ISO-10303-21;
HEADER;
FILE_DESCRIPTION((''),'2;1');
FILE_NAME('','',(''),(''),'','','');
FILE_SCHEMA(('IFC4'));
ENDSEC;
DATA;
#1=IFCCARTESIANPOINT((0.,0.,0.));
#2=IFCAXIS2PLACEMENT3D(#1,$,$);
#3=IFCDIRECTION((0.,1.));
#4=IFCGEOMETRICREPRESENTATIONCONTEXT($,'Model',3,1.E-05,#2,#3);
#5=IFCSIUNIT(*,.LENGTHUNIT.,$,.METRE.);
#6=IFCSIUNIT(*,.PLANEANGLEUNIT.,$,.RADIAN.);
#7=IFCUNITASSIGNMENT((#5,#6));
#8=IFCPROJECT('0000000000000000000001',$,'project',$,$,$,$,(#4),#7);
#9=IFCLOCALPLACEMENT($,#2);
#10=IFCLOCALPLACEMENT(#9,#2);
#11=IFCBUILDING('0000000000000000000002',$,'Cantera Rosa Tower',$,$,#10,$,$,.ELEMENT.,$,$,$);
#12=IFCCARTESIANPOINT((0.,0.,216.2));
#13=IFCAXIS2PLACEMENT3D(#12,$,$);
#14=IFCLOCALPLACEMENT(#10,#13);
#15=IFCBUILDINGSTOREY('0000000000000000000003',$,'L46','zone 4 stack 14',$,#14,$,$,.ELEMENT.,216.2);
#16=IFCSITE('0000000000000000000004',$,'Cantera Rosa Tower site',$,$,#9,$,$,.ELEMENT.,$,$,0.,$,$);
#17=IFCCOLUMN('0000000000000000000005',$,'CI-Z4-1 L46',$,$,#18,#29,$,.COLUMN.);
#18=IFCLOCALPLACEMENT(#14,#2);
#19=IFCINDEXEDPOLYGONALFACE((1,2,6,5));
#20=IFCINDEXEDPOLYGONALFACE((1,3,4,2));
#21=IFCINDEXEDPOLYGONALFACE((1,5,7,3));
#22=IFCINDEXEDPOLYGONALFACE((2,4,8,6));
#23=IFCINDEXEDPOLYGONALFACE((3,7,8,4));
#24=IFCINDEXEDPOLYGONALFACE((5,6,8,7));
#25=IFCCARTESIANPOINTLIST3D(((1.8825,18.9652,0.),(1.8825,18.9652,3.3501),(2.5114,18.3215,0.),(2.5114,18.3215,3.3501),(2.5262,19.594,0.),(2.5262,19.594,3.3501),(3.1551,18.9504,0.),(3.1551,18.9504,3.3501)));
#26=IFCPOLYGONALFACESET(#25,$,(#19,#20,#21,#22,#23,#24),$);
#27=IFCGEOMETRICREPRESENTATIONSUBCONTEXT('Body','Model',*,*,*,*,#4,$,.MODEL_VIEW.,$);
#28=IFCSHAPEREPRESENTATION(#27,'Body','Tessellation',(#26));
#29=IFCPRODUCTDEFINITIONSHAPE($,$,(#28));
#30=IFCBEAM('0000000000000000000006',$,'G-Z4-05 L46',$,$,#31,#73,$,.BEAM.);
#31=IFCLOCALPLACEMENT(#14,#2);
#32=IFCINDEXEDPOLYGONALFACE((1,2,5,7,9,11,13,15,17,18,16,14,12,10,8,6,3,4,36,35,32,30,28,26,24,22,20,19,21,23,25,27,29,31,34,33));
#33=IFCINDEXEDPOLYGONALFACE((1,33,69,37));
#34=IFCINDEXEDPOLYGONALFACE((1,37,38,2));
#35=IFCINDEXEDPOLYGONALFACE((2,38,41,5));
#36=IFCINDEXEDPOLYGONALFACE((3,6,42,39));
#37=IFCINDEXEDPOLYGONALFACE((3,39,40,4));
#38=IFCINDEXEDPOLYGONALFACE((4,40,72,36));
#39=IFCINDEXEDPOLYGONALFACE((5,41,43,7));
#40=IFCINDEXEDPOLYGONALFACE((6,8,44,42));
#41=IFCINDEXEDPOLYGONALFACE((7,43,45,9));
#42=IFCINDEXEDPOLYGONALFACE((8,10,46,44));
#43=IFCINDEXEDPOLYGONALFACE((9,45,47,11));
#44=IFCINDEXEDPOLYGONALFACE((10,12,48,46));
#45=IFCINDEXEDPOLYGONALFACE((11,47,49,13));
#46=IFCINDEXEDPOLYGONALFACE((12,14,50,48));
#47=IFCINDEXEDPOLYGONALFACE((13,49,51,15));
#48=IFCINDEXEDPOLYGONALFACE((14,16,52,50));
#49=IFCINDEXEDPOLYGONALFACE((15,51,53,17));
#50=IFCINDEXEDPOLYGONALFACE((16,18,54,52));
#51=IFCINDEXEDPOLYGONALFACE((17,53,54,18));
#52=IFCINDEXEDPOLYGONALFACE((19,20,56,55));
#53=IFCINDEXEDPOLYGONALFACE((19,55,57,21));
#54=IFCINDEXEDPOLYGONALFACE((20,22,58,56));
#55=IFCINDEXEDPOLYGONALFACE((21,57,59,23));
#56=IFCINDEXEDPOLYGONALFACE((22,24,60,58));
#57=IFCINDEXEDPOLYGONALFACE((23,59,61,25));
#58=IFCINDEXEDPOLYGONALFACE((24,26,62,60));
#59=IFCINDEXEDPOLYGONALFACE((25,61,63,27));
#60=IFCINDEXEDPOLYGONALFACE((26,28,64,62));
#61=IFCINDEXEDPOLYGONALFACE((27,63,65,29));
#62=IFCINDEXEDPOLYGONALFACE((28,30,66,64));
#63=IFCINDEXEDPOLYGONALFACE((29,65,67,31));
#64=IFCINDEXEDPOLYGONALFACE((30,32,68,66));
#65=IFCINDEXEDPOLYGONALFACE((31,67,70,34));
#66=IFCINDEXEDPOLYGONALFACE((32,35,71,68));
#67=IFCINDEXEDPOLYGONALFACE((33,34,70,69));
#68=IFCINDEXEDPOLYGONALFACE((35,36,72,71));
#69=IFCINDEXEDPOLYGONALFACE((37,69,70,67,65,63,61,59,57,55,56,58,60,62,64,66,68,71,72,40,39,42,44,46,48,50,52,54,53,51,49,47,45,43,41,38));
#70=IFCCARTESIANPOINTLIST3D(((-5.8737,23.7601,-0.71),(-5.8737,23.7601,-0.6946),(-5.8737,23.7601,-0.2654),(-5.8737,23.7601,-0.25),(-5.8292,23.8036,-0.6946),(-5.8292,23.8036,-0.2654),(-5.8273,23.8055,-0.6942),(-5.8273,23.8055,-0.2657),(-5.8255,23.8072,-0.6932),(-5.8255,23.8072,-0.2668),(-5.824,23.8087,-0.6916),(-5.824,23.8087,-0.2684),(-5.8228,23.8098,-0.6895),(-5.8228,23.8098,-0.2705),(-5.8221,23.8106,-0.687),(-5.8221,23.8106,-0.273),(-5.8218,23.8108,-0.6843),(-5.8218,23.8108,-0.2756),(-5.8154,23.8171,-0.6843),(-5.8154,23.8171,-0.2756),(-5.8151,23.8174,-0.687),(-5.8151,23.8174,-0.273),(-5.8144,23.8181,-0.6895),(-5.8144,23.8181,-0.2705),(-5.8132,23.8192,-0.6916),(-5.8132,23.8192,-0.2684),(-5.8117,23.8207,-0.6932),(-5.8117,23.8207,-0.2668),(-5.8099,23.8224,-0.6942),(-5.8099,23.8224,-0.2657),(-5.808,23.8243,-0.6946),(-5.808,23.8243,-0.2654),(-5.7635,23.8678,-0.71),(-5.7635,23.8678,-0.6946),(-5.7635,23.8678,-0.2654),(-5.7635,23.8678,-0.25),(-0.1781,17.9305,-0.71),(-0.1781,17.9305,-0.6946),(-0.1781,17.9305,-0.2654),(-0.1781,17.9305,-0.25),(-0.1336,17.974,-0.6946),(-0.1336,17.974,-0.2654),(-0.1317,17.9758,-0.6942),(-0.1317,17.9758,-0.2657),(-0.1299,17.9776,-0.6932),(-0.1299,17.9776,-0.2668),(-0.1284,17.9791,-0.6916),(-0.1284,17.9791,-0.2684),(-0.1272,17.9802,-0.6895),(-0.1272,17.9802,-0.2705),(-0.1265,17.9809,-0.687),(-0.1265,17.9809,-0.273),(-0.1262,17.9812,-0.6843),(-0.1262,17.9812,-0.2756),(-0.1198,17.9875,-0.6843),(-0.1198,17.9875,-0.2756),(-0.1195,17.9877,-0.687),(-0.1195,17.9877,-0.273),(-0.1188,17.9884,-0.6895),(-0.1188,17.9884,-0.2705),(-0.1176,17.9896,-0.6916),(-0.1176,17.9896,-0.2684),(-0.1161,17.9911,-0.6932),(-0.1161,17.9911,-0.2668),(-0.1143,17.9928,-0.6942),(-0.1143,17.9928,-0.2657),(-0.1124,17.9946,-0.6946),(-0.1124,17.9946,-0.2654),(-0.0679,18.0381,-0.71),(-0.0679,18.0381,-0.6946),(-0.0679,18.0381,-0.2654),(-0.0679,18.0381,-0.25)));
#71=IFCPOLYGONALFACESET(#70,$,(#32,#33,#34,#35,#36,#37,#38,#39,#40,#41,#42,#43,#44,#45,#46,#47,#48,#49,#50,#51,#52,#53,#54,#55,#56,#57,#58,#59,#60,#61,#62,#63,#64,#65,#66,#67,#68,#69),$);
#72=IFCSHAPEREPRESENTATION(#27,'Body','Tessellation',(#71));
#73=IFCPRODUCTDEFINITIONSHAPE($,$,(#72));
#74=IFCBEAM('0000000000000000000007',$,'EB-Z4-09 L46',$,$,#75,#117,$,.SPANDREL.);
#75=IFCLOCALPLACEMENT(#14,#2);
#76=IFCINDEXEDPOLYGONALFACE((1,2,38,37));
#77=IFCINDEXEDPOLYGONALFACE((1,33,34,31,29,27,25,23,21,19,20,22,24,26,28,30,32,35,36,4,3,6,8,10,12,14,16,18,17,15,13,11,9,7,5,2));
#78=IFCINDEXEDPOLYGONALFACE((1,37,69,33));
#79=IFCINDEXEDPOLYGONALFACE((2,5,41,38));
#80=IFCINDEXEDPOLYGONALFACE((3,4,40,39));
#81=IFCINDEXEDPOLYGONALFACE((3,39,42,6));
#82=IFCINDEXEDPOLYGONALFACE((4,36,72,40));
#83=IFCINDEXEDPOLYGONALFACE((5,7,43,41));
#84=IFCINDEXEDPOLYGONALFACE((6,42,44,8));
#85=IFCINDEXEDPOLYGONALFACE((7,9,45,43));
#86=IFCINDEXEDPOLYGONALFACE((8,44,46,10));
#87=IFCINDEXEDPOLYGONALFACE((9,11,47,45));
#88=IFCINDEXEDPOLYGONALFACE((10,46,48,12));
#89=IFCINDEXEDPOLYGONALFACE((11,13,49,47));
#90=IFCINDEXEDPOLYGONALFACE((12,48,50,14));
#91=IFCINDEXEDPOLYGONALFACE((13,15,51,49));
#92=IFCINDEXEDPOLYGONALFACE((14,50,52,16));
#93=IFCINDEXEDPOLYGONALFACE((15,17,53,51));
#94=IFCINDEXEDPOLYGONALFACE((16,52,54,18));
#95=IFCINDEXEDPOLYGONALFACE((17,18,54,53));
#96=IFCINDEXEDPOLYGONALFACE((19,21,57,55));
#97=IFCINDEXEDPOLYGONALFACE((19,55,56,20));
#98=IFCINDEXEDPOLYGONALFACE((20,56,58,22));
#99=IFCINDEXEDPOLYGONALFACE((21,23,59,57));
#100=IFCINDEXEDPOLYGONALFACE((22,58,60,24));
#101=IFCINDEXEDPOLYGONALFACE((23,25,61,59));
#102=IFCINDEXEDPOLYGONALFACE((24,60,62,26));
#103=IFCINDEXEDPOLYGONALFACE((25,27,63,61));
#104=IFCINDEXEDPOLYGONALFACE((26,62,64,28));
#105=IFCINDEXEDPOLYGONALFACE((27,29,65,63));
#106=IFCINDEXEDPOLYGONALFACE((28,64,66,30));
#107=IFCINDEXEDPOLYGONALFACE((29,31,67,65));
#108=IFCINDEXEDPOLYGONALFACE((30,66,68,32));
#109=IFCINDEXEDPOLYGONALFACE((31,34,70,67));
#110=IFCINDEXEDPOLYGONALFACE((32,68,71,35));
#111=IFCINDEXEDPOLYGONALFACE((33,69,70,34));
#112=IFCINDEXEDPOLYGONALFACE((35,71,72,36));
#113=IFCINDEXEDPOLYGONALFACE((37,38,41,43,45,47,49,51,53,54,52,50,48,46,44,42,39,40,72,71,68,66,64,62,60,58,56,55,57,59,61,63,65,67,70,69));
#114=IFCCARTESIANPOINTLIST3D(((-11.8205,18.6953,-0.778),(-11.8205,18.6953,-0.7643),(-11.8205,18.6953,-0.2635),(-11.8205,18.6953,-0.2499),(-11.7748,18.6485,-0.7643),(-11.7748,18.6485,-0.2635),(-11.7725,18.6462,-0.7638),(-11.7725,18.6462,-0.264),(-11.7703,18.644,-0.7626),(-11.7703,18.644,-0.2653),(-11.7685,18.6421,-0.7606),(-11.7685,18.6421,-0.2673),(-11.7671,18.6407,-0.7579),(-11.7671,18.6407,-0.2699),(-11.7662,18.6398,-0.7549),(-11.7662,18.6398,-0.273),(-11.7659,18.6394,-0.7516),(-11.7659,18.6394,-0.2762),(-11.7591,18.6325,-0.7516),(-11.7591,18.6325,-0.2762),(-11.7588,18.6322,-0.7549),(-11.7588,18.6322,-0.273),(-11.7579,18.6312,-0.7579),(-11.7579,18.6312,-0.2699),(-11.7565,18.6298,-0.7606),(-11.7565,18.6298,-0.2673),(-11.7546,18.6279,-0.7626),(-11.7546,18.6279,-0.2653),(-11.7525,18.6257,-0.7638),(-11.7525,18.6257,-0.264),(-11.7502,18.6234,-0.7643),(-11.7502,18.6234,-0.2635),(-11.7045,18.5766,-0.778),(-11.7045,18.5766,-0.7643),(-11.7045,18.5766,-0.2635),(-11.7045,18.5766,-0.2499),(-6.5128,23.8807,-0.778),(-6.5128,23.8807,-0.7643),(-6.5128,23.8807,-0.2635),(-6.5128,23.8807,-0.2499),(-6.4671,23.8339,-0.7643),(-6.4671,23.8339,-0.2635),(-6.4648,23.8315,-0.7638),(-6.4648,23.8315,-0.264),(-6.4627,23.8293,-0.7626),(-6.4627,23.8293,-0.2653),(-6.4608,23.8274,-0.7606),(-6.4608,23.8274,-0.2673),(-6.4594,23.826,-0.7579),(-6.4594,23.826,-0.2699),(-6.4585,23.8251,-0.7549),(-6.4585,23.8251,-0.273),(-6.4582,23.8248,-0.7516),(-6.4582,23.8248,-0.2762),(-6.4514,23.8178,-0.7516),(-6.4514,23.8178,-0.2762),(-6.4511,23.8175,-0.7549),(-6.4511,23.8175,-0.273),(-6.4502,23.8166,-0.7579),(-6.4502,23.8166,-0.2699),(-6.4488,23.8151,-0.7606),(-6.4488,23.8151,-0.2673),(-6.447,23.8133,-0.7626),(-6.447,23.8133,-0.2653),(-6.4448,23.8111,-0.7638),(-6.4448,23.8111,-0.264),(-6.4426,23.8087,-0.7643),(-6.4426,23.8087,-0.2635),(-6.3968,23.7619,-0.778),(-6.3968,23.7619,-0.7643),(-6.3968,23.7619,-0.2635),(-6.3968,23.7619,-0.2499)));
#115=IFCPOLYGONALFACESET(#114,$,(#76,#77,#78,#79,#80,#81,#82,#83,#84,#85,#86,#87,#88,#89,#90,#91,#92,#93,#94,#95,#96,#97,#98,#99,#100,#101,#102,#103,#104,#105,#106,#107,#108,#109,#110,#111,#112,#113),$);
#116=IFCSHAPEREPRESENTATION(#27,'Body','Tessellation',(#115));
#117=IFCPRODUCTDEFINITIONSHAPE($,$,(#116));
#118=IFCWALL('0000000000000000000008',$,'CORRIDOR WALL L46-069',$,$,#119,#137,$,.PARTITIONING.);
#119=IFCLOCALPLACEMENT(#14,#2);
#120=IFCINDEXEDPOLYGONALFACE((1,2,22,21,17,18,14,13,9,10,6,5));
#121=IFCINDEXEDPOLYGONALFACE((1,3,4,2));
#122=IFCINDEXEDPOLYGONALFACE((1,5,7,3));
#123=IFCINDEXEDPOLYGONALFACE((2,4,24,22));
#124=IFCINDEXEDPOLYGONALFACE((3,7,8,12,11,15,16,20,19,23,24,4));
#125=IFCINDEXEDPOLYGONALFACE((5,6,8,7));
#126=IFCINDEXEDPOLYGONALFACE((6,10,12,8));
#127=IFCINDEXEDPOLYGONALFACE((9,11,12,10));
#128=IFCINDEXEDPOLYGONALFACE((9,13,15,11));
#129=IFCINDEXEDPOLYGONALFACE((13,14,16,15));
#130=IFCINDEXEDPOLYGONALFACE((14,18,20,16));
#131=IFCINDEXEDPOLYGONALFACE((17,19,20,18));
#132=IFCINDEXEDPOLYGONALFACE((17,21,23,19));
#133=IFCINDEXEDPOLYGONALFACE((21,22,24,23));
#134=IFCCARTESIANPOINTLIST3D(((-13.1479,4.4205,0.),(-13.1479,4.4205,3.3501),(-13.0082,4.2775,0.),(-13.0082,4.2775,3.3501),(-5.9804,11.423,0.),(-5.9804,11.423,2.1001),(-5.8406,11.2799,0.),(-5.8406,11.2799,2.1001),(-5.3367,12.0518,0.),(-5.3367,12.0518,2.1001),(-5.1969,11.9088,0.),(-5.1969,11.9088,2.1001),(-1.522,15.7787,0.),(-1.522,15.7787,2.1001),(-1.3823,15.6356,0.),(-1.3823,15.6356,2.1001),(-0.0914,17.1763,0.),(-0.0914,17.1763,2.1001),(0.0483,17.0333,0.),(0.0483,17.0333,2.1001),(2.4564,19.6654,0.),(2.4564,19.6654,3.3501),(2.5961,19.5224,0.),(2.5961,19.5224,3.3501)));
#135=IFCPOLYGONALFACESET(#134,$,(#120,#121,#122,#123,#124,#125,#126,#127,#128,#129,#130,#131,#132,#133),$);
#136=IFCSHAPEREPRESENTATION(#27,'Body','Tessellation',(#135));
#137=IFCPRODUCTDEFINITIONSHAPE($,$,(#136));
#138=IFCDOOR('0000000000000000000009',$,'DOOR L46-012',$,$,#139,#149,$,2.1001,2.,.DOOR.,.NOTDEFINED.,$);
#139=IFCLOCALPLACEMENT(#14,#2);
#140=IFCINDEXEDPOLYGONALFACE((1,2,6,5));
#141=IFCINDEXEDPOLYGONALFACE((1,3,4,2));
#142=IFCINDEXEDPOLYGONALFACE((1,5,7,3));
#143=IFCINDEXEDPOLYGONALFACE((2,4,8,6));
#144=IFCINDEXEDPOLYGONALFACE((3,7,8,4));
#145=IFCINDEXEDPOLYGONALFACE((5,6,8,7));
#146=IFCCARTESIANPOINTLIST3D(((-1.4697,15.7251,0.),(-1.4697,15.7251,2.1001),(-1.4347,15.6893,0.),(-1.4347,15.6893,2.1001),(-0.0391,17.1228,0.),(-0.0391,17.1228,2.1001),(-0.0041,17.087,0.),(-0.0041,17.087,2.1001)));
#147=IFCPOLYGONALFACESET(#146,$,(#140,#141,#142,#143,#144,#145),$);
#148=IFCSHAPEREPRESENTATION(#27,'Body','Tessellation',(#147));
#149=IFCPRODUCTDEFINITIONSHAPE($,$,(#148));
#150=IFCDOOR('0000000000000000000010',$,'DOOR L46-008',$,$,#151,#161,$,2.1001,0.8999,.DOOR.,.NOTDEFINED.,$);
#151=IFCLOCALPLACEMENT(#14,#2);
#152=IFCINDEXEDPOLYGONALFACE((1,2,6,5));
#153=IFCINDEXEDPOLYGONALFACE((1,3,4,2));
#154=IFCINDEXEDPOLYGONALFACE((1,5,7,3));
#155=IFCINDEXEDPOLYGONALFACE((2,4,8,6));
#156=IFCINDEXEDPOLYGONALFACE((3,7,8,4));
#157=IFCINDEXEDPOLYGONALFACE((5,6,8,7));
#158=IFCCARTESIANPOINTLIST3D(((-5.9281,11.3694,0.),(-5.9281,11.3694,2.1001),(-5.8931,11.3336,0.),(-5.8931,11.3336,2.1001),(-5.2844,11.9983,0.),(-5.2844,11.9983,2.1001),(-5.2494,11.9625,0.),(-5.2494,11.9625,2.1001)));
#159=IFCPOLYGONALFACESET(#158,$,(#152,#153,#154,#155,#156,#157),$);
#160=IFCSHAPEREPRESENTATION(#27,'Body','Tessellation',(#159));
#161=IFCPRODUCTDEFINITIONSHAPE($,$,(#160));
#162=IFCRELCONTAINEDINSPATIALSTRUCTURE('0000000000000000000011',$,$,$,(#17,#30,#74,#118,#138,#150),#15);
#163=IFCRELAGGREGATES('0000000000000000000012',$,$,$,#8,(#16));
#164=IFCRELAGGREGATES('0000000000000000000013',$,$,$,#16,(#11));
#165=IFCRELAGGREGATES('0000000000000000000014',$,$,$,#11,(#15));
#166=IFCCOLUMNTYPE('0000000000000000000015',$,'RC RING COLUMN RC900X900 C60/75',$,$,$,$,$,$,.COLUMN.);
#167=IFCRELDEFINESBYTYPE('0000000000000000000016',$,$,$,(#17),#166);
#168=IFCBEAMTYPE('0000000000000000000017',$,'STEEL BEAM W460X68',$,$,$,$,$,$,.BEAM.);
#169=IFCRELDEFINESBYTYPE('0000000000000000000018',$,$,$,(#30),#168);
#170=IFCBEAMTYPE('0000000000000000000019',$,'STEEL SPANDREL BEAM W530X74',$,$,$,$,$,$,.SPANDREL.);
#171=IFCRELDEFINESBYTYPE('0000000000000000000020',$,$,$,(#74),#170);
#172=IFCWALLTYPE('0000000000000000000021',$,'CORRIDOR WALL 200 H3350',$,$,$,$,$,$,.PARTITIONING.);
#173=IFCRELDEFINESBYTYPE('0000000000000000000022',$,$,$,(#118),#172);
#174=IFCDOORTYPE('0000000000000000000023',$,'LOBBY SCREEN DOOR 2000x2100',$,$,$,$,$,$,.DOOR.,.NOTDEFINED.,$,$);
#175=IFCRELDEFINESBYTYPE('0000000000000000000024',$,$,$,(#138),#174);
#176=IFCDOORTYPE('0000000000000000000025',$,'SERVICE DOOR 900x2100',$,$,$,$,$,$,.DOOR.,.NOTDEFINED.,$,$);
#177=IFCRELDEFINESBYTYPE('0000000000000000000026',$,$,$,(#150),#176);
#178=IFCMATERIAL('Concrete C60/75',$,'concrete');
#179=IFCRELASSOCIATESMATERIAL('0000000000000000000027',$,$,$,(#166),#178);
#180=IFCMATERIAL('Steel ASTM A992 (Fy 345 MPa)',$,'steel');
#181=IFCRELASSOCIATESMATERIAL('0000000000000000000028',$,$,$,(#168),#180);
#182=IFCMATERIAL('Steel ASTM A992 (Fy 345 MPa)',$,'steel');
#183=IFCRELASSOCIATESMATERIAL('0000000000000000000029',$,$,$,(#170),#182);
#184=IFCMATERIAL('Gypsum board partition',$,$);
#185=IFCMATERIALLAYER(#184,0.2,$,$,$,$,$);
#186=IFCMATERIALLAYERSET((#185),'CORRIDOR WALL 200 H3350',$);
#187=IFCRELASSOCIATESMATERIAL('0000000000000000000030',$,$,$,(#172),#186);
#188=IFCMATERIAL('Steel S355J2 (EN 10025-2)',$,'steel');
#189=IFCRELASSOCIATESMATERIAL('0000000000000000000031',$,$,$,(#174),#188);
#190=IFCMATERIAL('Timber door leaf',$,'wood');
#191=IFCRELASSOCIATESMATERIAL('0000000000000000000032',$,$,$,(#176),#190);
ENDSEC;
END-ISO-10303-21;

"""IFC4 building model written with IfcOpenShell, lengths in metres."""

from ifc_helpers import new_model, si_unit, direction, frame, frame_2d, origin, origin_2d, place, context, subcontext, project, spatial, rectangle, i_section, extrude, material, layer, layer_set, material_profile, profile_set, type_object, element, fill, save


model = new_model("IFC4")

# Units and contexts
model_context = context("Model", 3, precision=1e-05, world=origin(), true_north=direction((0.0, 1.0)))
body_context = subcontext(model_context, "Body", "Model", "MODEL_VIEW")
ifc_project = project(units=[si_unit("LENGTHUNIT", "METRE"), si_unit("PLANEANGLEUNIT", "RADIAN")], contexts=[model_context])

# Site, building, storey
site_placement = place(None, origin())
site = spatial("IfcSite", under=ifc_project, at=site_placement, Name="Cantera Rosa Tower site", CompositionType="ELEMENT", RefElevation=0.0)
building_placement = place(site_placement, origin())
building = spatial("IfcBuilding", under=site, at=building_placement, Name="Cantera Rosa Tower", CompositionType="ELEMENT")
storey_placement = place(building_placement, frame((0.0, 0.0, 216.2)))
storey = spatial("IfcBuildingStorey", under=building, at=storey_placement, Name="L46", Description="zone 4 stack 14", CompositionType="ELEMENT", Elevation=216.2)

# Column
ifc_material_1 = material(Name="Concrete C60/75", Category="concrete")
ifc_material_profile_1 = material_profile(ifc_material_1, rectangle(XDim=0.8999, YDim=0.8999, at=origin_2d()), Name="RC RING COLUMN RC900X900 C60/75")
ifc_profile_set_1 = profile_set([ifc_material_profile_1], Name="Concrete C60/75")
column_type = type_object("IfcColumnType", Name="RC RING COLUMN RC900X900 C60/75", PredefinedType="COLUMN", material=ifc_profile_set_1)
column_placement = place(storey_placement, frame((2.5188, 18.9578, 0.0), z_axis=(0.0, 0.0, 1.0), x_axis=(0.715286, 0.698832, 0.0)))
element("IfcColumn", 1, at=column_placement, inside=storey, type_object=column_type, Name="CI-Z4-1 L46", PredefinedType="COLUMN", context=body_context, shape_type="SweptSolid", body=[
    extrude(rectangle(XDim=0.8999, YDim=0.8999, at=origin_2d()), origin(), (0.0, 0.0, 1.0), 3.3501),
])

# Beams
ifc_material_2 = material(Name="Steel ASTM A992 (Fy 345 MPa)", Category="steel")
ifc_material_profile_2 = material_profile(ifc_material_2, i_section(OverallWidth=0.1541, OverallDepth=0.46, WebThickness=0.009, FlangeThickness=0.0154, FilletRadius=0.0103, at=origin_2d()), Name="W460X68")
ifc_profile_set_2 = profile_set([ifc_material_profile_2], Name="Steel ASTM A992 (Fy 345 MPa)")
beam_type_1 = type_object("IfcBeamType", Name="STEEL BEAM W460X68", PredefinedType="BEAM", material=ifc_profile_set_2)
beam_1_placement = place(storey_placement, frame((-5.8186, 23.814, -0.48), z_axis=(0.698836, -0.715282, 0.0), x_axis=(0.715282, 0.698836, 0.0)))
element("IfcBeam", 2, at=beam_1_placement, inside=storey, type_object=beam_type_1, Name="G-Z4-05 L46", PredefinedType="BEAM", context=body_context, shape_type="SweptSolid", body=[
    extrude(i_section(OverallWidth=0.1541, OverallDepth=0.46, WebThickness=0.009, FlangeThickness=0.0154, FilletRadius=0.0103, at=origin_2d()), origin(), (0.0, 0.0, 1.0), 8.1501),
])
ifc_material_3 = material(Name="Steel ASTM A992 (Fy 345 MPa)", Category="steel")
ifc_material_profile_3 = material_profile(ifc_material_3, i_section(OverallWidth=0.166, OverallDepth=0.5281, WebThickness=0.0098, FlangeThickness=0.0137, FilletRadius=0.0127, at=origin_2d()), Name="W530X74")
ifc_profile_set_3 = profile_set([ifc_material_profile_3], Name="Steel ASTM A992 (Fy 345 MPa)")
beam_type_2 = type_object("IfcBeamType", Name="STEEL SPANDREL BEAM W530X74", PredefinedType="SPANDREL", material=ifc_profile_set_3)
beam_2_placement = place(storey_placement, frame((-6.4548, 23.8213, -0.5139), z_axis=(-0.715301, -0.698817, 0.0), x_axis=(0.698817, -0.715301, 0.0)))
element("IfcBeam", 3, at=beam_2_placement, inside=storey, type_object=beam_type_2, Name="EB-Z4-09 L46", PredefinedType="SPANDREL", context=body_context, shape_type="SweptSolid", body=[
    extrude(i_section(OverallWidth=0.166, OverallDepth=0.5281, WebThickness=0.0098, FlangeThickness=0.0137, FilletRadius=0.0127, at=origin_2d()), origin(), (0.0, 0.0, 1.0), 7.4202),
])

# Wall, openings, doors
ifc_material_4 = material(Name="Gypsum board partition")
ifc_layer_1 = layer(ifc_material_4, 0.2)
ifc_layer_set_1 = layer_set([ifc_layer_1], Name="CORRIDOR WALL 200 H3350")
wall_type_1 = type_object("IfcWallType", Name="CORRIDOR WALL 200 H3350", PredefinedType="PARTITIONING", material=ifc_layer_set_1)
wall_1_placement = place(storey_placement, frame((2.5264, 19.594, 0.0), z_axis=(0.0, 0.0, 1.0), x_axis=(-0.715296, -0.698822, 0.0)))
wall_1 = element("IfcWall", 4, at=wall_1_placement, inside=storey, type_object=wall_type_1, Name="CORRIDOR WALL L46-069", PredefinedType="PARTITIONING", context=body_context, shape_type="SweptSolid", body=[
    extrude(rectangle(XDim=21.8152, YDim=0.2, at=frame_2d((10.9077, 0.0))), origin(), (0.0, 0.0, 1.0), 3.3501),
])
opening_1_placement = place(wall_1_placement, frame((10.895, 0.0, 0.0)))
opening_1 = element("IfcOpeningElement", 5, at=opening_1_placement, cuts=wall_1, PredefinedType="OPENING", context=body_context, shape_type="SweptSolid", body=[
    extrude(rectangle(XDim=0.8999, YDim=2.1001, at=frame_2d((0.45, 1.05))), frame((0.0, 0.1099, 0.0), z_axis=(0.0, -1.0, 0.0), x_axis=(1.0, 0.0, 0.0)), (0.0, 0.0, 1.0), 0.22),
])
opening_2_placement = place(wall_1_placement, frame((3.562, 0.0, 0.0)))
opening_2 = element("IfcOpeningElement", 6, at=opening_2_placement, cuts=wall_1, PredefinedType="OPENING", context=body_context, shape_type="SweptSolid", body=[
    extrude(rectangle(XDim=2.0, YDim=2.1001, at=frame_2d((1.0, 1.05))), frame((0.0, 0.1099, 0.0), z_axis=(0.0, -1.0, 0.0), x_axis=(1.0, 0.0, 0.0)), (0.0, 0.0, 1.0), 0.22),
])
ifc_material_5 = material(Name="Steel S355J2 (EN 10025-2)", Category="steel")
door_type_1 = type_object("IfcDoorType", Name="LOBBY SCREEN DOOR 2000x2100", OperationType="NOTDEFINED", PredefinedType="DOOR", material=ifc_material_5)
door_1_placement = place(opening_2_placement, origin())
door_1 = element("IfcDoor", 7, at=door_1_placement, inside=storey, type_object=door_type_1, Name="DOOR L46-012", OperationType="NOTDEFINED", OverallHeight=2.1001, OverallWidth=2.0, PredefinedType="DOOR", context=body_context, shape_type="SweptSolid", body=[
    extrude(rectangle(XDim=2.0, YDim=2.1001, at=frame_2d((1.0, 1.05))), frame((0.0, 0.0249, 0.0), z_axis=(0.0, -1.0, 0.0), x_axis=(1.0, 0.0, 0.0)), (0.0, 0.0, 1.0), 0.05),
])
fill(opening_2, door_1)
ifc_material_6 = material(Name="Timber door leaf", Category="wood")
door_type_2 = type_object("IfcDoorType", Name="SERVICE DOOR 900x2100", OperationType="NOTDEFINED", PredefinedType="DOOR", material=ifc_material_6)
door_2_placement = place(opening_1_placement, origin())
door_2 = element("IfcDoor", 8, at=door_2_placement, inside=storey, type_object=door_type_2, Name="DOOR L46-008", OperationType="NOTDEFINED", OverallHeight=2.1001, OverallWidth=0.8999, PredefinedType="DOOR", context=body_context, shape_type="SweptSolid", body=[
    extrude(rectangle(XDim=0.8999, YDim=2.1001, at=frame_2d((0.45, 1.05))), frame((0.0, 0.0249, 0.0), z_axis=(0.0, -1.0, 0.0), x_axis=(1.0, 0.0, 0.0)), (0.0, 0.0, 1.0), 0.05),
])
fill(opening_1, door_2)

save(model, "model.ifc")
